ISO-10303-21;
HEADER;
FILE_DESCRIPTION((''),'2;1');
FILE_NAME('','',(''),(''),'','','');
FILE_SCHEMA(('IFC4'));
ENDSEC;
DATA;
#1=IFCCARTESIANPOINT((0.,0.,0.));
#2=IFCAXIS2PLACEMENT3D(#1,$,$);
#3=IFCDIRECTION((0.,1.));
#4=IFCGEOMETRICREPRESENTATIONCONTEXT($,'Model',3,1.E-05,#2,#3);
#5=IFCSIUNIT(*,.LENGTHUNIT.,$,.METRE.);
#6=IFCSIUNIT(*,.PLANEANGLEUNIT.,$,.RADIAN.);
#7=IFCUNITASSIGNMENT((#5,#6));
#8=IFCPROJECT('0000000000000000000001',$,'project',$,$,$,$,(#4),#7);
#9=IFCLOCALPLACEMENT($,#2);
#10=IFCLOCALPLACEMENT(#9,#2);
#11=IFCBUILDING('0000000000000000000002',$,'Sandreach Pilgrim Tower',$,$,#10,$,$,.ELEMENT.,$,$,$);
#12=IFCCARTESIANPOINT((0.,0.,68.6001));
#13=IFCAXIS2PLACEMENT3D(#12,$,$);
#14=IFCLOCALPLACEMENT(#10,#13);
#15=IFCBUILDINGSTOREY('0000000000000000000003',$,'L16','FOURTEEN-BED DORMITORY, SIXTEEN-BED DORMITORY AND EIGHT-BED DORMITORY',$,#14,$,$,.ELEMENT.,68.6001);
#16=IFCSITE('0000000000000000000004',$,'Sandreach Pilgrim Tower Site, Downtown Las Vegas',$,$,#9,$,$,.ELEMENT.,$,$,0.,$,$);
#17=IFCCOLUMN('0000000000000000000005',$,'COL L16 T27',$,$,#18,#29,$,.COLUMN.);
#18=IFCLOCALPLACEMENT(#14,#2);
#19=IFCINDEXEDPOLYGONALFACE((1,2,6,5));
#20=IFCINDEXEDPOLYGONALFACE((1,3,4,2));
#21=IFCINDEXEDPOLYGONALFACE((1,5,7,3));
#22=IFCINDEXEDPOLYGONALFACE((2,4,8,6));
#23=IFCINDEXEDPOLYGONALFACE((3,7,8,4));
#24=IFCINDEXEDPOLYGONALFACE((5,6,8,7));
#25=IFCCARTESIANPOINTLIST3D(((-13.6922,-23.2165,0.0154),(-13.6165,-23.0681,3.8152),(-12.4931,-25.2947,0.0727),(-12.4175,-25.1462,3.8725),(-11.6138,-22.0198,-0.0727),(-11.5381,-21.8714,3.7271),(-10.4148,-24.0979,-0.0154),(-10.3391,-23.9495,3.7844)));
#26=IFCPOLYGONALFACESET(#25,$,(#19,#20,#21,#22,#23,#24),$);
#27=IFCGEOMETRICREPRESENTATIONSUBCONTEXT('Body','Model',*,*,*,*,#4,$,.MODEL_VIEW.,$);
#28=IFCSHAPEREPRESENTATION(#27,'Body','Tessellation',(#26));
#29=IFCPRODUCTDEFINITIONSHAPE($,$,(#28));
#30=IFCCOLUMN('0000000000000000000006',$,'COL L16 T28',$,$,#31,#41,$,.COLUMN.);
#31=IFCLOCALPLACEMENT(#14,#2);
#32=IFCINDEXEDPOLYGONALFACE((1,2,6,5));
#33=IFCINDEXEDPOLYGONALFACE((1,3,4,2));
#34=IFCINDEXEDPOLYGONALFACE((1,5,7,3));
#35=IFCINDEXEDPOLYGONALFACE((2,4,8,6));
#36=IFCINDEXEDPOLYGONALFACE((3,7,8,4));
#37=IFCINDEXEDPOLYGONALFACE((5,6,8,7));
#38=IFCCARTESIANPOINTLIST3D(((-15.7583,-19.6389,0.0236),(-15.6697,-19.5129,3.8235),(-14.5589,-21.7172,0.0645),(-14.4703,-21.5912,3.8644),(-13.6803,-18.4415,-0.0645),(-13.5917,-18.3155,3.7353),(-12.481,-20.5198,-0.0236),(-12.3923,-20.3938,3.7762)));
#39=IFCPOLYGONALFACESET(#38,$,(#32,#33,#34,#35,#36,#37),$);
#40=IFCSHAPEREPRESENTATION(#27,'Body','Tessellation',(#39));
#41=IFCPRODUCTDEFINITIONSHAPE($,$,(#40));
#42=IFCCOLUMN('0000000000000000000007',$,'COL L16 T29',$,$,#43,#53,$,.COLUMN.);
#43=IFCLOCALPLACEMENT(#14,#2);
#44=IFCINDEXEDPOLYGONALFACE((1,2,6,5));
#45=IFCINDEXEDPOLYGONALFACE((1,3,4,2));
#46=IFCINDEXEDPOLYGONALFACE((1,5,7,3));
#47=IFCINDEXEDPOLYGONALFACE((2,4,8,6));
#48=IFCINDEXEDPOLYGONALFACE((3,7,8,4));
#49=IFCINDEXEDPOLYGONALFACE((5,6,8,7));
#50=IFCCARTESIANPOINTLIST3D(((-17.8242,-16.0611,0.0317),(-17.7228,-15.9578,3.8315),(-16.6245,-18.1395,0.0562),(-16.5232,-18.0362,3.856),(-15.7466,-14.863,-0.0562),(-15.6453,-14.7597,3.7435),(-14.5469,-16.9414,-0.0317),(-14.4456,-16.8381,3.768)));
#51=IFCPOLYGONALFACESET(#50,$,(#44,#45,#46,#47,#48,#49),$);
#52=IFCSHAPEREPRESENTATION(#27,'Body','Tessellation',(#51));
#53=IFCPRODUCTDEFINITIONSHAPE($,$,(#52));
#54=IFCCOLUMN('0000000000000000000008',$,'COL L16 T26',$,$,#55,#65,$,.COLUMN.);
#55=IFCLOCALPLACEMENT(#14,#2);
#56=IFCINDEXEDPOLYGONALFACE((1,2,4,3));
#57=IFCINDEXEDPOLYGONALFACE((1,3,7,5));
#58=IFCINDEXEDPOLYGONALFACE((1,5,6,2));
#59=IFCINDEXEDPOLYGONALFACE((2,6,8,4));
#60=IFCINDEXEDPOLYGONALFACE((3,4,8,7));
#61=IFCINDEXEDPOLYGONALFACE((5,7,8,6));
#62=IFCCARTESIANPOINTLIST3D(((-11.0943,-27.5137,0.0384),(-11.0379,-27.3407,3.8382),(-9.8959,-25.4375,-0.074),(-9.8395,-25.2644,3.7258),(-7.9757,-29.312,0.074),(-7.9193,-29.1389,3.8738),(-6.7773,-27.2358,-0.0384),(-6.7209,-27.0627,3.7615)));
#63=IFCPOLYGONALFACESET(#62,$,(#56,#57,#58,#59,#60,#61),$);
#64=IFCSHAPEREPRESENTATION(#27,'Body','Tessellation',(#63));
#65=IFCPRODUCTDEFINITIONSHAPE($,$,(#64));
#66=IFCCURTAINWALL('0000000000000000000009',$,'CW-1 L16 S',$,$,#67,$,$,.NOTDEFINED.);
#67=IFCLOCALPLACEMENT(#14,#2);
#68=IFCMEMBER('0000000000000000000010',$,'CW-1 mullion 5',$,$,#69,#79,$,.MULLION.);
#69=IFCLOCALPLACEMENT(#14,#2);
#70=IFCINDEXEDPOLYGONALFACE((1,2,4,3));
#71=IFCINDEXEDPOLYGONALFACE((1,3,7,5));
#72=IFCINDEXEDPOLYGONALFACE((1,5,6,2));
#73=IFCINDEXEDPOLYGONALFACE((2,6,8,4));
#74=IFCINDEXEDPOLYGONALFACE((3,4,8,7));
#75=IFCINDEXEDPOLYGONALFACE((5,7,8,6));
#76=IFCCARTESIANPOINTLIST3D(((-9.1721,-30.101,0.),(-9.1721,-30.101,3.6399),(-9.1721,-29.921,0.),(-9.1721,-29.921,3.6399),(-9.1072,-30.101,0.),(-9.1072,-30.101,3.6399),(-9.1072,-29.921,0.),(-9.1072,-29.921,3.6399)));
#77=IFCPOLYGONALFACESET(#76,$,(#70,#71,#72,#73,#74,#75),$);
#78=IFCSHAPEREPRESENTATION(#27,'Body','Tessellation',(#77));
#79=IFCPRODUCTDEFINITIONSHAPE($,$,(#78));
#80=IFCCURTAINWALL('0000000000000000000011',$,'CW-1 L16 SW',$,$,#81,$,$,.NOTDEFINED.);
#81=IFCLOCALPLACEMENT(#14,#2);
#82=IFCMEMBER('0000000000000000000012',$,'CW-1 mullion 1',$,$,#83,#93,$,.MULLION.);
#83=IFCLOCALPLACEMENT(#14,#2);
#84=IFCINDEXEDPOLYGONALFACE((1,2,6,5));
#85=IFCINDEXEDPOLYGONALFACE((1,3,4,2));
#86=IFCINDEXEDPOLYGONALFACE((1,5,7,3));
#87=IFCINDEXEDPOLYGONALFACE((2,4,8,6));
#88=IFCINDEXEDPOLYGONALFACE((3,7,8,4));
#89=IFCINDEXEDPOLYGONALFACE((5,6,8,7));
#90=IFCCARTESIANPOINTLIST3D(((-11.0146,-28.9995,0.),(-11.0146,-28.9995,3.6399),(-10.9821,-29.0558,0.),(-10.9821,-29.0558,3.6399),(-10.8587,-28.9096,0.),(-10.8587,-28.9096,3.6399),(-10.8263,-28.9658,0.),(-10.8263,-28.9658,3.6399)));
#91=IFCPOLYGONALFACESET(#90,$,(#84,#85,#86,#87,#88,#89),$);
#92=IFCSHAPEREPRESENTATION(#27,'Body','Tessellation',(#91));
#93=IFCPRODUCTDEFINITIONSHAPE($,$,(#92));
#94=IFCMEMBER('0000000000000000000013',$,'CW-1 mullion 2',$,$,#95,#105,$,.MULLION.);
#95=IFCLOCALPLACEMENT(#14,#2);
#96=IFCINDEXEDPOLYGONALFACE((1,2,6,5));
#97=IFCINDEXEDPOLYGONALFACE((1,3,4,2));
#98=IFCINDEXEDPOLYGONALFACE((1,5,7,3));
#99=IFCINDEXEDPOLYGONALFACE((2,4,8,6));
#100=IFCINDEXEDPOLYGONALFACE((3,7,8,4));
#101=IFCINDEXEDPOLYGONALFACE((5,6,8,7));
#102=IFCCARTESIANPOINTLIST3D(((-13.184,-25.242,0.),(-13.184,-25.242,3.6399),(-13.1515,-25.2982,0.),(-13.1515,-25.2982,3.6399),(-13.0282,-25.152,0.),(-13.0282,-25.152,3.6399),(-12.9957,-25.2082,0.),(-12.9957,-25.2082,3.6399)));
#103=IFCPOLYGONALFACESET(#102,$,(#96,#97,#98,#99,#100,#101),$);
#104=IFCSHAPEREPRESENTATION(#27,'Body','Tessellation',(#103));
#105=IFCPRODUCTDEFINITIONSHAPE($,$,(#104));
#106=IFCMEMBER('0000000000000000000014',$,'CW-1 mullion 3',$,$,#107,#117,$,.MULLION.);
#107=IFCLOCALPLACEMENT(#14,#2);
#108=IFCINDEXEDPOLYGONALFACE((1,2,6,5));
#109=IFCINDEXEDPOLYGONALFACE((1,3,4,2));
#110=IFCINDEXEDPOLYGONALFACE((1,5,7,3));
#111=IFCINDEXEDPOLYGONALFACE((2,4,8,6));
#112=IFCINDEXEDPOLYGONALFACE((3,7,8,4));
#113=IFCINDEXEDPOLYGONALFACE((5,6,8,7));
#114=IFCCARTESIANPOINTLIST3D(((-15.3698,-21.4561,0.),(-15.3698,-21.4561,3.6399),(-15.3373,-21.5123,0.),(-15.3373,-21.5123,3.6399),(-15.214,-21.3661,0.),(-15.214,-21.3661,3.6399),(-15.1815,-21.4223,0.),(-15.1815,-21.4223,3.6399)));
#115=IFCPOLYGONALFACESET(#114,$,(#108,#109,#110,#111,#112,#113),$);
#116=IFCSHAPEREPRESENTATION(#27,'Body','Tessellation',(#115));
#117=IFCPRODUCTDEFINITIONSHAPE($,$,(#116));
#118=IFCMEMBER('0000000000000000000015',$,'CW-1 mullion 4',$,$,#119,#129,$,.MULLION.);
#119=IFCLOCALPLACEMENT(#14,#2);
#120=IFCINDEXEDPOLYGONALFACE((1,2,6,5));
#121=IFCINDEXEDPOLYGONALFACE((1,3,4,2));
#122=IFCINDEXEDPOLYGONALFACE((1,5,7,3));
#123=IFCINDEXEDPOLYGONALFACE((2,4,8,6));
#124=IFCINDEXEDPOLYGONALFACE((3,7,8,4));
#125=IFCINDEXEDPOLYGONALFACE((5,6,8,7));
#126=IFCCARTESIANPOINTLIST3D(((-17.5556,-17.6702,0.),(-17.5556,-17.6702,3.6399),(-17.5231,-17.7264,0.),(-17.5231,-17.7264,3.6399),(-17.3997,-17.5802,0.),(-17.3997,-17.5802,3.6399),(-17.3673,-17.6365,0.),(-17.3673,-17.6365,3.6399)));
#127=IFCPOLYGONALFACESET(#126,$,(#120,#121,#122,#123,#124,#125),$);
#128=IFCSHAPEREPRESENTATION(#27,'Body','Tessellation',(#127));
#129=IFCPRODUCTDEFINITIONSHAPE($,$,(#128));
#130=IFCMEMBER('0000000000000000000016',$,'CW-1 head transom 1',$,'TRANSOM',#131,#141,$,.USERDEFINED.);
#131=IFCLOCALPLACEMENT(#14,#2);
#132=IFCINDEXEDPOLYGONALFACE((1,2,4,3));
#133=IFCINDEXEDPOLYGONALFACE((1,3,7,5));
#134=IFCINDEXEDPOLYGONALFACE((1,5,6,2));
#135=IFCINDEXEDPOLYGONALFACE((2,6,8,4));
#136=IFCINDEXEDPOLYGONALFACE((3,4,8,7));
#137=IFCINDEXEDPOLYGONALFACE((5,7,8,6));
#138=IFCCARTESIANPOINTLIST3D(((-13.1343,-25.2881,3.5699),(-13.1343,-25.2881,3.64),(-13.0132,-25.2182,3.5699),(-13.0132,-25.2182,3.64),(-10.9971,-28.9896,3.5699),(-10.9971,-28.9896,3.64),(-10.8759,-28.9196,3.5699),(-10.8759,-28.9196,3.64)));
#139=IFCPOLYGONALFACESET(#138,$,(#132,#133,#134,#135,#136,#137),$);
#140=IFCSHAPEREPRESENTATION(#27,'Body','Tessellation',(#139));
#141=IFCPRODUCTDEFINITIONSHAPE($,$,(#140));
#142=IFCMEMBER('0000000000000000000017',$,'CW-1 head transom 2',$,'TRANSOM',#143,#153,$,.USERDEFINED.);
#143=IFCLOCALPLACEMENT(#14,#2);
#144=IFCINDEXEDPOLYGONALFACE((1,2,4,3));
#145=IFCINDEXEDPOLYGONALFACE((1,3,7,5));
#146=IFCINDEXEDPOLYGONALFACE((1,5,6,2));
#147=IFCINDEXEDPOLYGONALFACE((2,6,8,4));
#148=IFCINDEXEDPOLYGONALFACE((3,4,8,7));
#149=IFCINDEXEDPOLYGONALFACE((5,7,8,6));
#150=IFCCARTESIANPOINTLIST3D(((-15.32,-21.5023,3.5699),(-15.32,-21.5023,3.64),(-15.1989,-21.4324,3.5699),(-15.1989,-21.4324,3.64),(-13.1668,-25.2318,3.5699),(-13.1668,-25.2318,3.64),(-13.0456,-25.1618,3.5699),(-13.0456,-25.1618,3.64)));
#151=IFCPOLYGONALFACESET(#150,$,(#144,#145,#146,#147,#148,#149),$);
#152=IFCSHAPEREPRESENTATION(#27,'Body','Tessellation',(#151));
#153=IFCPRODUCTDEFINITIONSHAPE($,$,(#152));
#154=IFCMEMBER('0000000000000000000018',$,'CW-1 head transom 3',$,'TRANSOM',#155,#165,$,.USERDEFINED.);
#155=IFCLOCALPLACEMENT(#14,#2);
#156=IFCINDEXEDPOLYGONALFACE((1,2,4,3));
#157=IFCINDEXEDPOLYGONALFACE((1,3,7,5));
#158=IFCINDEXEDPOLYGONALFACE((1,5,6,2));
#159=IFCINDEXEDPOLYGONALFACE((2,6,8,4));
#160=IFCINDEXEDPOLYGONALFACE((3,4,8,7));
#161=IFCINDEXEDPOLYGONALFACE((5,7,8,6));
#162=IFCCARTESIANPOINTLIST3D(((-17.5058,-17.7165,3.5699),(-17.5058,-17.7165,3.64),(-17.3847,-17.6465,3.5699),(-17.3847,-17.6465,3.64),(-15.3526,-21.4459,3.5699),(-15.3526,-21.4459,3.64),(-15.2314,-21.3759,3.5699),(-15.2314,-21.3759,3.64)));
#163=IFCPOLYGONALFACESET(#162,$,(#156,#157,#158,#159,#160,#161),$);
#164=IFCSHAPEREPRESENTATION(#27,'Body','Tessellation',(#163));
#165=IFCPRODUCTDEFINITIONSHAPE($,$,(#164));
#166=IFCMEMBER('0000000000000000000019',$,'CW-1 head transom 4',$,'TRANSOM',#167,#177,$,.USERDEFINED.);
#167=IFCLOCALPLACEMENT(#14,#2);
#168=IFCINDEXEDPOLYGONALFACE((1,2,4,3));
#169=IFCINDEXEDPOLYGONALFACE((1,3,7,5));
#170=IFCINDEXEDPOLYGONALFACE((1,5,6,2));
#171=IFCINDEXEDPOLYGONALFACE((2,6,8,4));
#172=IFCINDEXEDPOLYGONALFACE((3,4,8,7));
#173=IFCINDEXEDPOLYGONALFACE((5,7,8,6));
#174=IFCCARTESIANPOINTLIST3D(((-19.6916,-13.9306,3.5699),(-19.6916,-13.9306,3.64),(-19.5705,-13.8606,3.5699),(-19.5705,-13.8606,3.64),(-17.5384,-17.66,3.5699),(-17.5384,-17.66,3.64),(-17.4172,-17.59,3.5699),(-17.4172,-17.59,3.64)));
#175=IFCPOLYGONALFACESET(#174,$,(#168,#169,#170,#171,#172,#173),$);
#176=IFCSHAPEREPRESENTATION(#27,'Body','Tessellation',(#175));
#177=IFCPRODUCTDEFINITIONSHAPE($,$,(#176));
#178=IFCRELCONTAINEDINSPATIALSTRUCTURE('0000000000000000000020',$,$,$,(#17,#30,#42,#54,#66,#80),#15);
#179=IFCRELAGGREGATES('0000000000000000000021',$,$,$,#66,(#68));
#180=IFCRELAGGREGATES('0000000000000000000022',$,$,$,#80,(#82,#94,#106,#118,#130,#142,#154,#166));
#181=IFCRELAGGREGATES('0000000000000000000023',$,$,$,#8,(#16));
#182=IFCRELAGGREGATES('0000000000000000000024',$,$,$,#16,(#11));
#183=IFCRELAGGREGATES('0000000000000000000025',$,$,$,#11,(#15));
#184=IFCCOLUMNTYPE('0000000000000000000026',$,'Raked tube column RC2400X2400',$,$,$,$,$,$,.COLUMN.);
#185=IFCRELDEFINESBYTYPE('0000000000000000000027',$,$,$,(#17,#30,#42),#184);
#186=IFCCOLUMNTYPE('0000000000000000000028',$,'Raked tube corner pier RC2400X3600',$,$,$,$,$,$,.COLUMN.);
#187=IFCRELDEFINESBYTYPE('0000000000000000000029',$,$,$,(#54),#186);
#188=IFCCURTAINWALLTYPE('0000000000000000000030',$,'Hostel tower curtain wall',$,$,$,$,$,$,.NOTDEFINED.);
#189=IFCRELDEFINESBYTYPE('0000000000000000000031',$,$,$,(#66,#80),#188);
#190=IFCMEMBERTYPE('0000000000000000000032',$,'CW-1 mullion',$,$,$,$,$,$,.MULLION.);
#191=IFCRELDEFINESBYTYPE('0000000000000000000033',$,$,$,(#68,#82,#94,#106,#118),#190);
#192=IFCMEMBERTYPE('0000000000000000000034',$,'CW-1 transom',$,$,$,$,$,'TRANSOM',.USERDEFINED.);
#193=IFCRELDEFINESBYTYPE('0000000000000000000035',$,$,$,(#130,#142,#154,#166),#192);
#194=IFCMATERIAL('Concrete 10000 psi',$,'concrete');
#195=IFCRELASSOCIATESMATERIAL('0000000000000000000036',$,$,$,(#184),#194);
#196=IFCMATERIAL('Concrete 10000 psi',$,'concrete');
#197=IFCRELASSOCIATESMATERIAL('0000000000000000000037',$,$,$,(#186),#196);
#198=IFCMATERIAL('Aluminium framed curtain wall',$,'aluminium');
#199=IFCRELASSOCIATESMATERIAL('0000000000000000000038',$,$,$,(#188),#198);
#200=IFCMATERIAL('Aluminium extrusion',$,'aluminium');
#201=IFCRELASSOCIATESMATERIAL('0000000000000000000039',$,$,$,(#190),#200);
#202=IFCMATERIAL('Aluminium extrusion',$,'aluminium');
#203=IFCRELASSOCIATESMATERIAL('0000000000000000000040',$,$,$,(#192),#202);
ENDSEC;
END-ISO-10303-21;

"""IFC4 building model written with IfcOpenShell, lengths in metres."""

from ifc_helpers import new_model, si_unit, direction, frame, origin, origin_2d, place, context, subcontext, project, spatial, rectangle, extrude, material, material_profile, profile_set, type_object, element, aggregate, save


model = new_model("IFC4")

# Units and contexts
model_context = context("Model", 3, precision=1e-05, world=origin(), true_north=direction((0.0, 1.0)))
body_context = subcontext(model_context, "Body", "Model", "MODEL_VIEW")
ifc_project = project(units=[si_unit("LENGTHUNIT", "METRE"), si_unit("PLANEANGLEUNIT", "RADIAN")], contexts=[model_context])

# Site, building, storey
site_placement = place(None, origin())
site = spatial("IfcSite", under=ifc_project, at=site_placement, Name="Sandreach Pilgrim Tower Site, Downtown Las Vegas", CompositionType="ELEMENT", RefElevation=0.0)
building_placement = place(site_placement, origin())
building = spatial("IfcBuilding", under=site, at=building_placement, Name="Sandreach Pilgrim Tower", CompositionType="ELEMENT")
storey_placement = place(building_placement, frame((0.0, 0.0, 68.6001)))
storey = spatial("IfcBuildingStorey", under=building, at=storey_placement, Name="L16", Description="FOURTEEN-BED DORMITORY, SIXTEEN-BED DORMITORY AND EIGHT-BED DORMITORY", CompositionType="ELEMENT", Elevation=68.6001)

# Columns
ifc_material_1 = material(Name="Concrete 10000 psi", Category="concrete")
ifc_material_profile_1 = material_profile(ifc_material_1, rectangle(XDim=2.3999, YDim=2.3999, at=origin_2d()), Name="RC2400X2400")
ifc_profile_set_1 = profile_set([ifc_material_profile_1], Name="Concrete 10000 psi")
column_type_1 = type_object("IfcColumnType", Name="Raked tube column RC2400X2400", PredefinedType="COLUMN", material=ifc_profile_set_1)
column_1_placement = place(storey_placement, frame((-12.0535, -23.6572, 0.0), z_axis=(0.019899, 0.039027, 0.99904), x_axis=(-0.866022, -0.498654, 0.036729)))
element("IfcColumn", 1, at=column_1_placement, inside=storey, type_object=column_type_1, Name="COL L16 T27", PredefinedType="COLUMN", context=body_context, shape_type="SweptSolid", body=[
    extrude(rectangle(XDim=2.3999, YDim=2.3999, at=origin_2d()), origin(), (0.0, 0.0, 1.0), 3.8035),
])
column_2_placement = place(storey_placement, frame((-14.1196, -20.0793, 0.0), z_axis=(0.023304, 0.033126, 0.999179), x_axis=(-0.865854, -0.498947, 0.036736)))
element("IfcColumn", 2, at=column_2_placement, inside=storey, type_object=column_type_1, Name="COL L16 T28", PredefinedType="COLUMN", context=body_context, shape_type="SweptSolid", body=[
    extrude(rectangle(XDim=2.3999, YDim=2.3999, at=origin_2d()), origin(), (0.0, 0.0, 1.0), 3.803),
])
column_3_placement = place(storey_placement, frame((-16.1855, -16.5012, 0.0), z_axis=(0.026645, 0.027158, 0.999276), x_axis=(-0.865686, -0.499243, 0.036651)))
element("IfcColumn", 3, at=column_3_placement, inside=storey, type_object=column_type_1, Name="COL L16 T29", PredefinedType="COLUMN", context=body_context, shape_type="SweptSolid", body=[
    extrude(rectangle(XDim=2.3999, YDim=2.3999, at=origin_2d()), origin(), (0.0, 0.0, 1.0), 3.8025),
])
ifc_material_2 = material(Name="Concrete 10000 psi", Category="concrete")
ifc_material_profile_2 = material_profile(ifc_material_2, rectangle(XDim=2.3999, YDim=3.6001, at=origin_2d()), Name="RC2400X3600")
ifc_profile_set_2 = profile_set([ifc_material_profile_2], Name="Concrete 10000 psi")
column_type_2 = type_object("IfcColumnType", Name="Raked tube corner pier RC2400X3600", PredefinedType="COLUMN", material=ifc_profile_set_2)
column_4_placement = place(storey_placement, frame((-8.9358, -27.3748, 0.0), z_axis=(0.014825, 0.045502, 0.998854), x_axis=(-0.499371, -0.865122, 0.046821)))
element("IfcColumn", 4, at=column_4_placement, inside=storey, type_object=column_type_2, Name="COL L16 T26", PredefinedType="COLUMN", context=body_context, shape_type="SweptSolid", body=[
    extrude(rectangle(XDim=2.3999, YDim=3.6001, at=origin_2d()), origin(), (0.0, 0.0, 1.0), 3.8042),
])

# Curtain wall, member
ifc_material_3 = material(Name="Aluminium framed curtain wall", Category="aluminium")
curtain_wall_type = type_object("IfcCurtainWallType", Name="Hostel tower curtain wall", PredefinedType="NOTDEFINED", material=ifc_material_3)
curtain_wall_1_placement = place(storey_placement, origin())
curtain_wall_1 = element("IfcCurtainWall", 5, at=curtain_wall_1_placement, inside=storey, type_object=curtain_wall_type, Name="CW-1 L16 S", PredefinedType="NOTDEFINED")
ifc_material_4 = material(Name="Aluminium extrusion", Category="aluminium")
ifc_material_profile_3 = material_profile(ifc_material_4, rectangle(XDim=0.0649, YDim=0.1799, at=origin_2d()), Name="CW-1M 65X180")
ifc_profile_set_3 = profile_set([ifc_material_profile_3], Name="Aluminium extrusion")
member_type_1 = type_object("IfcMemberType", Name="CW-1 mullion", PredefinedType="MULLION", material=ifc_profile_set_3)
member_1_placement = place(storey_placement, frame((-9.1396, -30.011, 0.0), z_axis=(0.0, 0.0, 1.0), x_axis=(-1.0, 0.0, 0.0)))
member_1 = element("IfcMember", 6, at=member_1_placement, type_object=member_type_1, Name="CW-1 mullion 5", PredefinedType="MULLION", context=body_context, shape_type="SweptSolid", body=[
    extrude(rectangle(XDim=0.0649, YDim=0.1799, at=origin_2d()), origin(), (0.0, 0.0, 1.0), 3.6399),
])
aggregate(curtain_wall_1, [member_1])

# Curtain wall, members
curtain_wall_2_placement = place(storey_placement, origin())
curtain_wall_2 = element("IfcCurtainWall", 7, at=curtain_wall_2_placement, inside=storey, type_object=curtain_wall_type, Name="CW-1 L16 SW", PredefinedType="NOTDEFINED")
member_2_placement = place(storey_placement, frame((-10.9204, -28.9827, 0.0), z_axis=(0.0, 0.0, 1.0), x_axis=(-0.5, 0.866025, 0.0)))
member_2 = element("IfcMember", 8, at=member_2_placement, type_object=member_type_1, Name="CW-1 mullion 1", PredefinedType="MULLION", context=body_context, shape_type="SweptSolid", body=[
    extrude(rectangle(XDim=0.0649, YDim=0.1799, at=origin_2d()), origin(), (0.0, 0.0, 1.0), 3.6399),
])
member_3_placement = place(storey_placement, frame((-13.0898, -25.2251, 0.0), z_axis=(0.0, 0.0, 1.0), x_axis=(-0.5, 0.866025, 0.0)))
member_3 = element("IfcMember", 9, at=member_3_placement, type_object=member_type_1, Name="CW-1 mullion 2", PredefinedType="MULLION", context=body_context, shape_type="SweptSolid", body=[
    extrude(rectangle(XDim=0.0649, YDim=0.1799, at=origin_2d()), origin(), (0.0, 0.0, 1.0), 3.6399),
])
member_4_placement = place(storey_placement, frame((-15.2756, -21.4392, 0.0), z_axis=(0.0, 0.0, 1.0), x_axis=(-0.5, 0.866025, 0.0)))
member_4 = element("IfcMember", 10, at=member_4_placement, type_object=member_type_1, Name="CW-1 mullion 3", PredefinedType="MULLION", context=body_context, shape_type="SweptSolid", body=[
    extrude(rectangle(XDim=0.0649, YDim=0.1799, at=origin_2d()), origin(), (0.0, 0.0, 1.0), 3.6399),
])
member_5_placement = place(storey_placement, frame((-17.4614, -17.6533, 0.0), z_axis=(0.0, 0.0, 1.0), x_axis=(-0.5, 0.866025, 0.0)))
member_5 = element("IfcMember", 11, at=member_5_placement, type_object=member_type_1, Name="CW-1 mullion 4", PredefinedType="MULLION", context=body_context, shape_type="SweptSolid", body=[
    extrude(rectangle(XDim=0.0649, YDim=0.1799, at=origin_2d()), origin(), (0.0, 0.0, 1.0), 3.6399),
])
ifc_material_5 = material(Name="Aluminium extrusion", Category="aluminium")
ifc_material_profile_4 = material_profile(ifc_material_5, rectangle(XDim=0.1399, YDim=0.0701, at=origin_2d()), Name="CW-1T 140X70")
ifc_profile_set_4 = profile_set([ifc_material_profile_4], Name="Aluminium extrusion")
member_type_2 = type_object("IfcMemberType", Name="CW-1 transom", ElementType="TRANSOM", PredefinedType="USERDEFINED", material=ifc_profile_set_4)
member_6_placement = place(storey_placement, frame((-10.9365, -28.9546, 3.605), z_axis=(-0.500034, 0.866006, 0.0), x_axis=(-0.866006, -0.500034, 0.0)))
member_6 = element("IfcMember", 12, at=member_6_placement, type_object=member_type_2, Name="CW-1 head transom 1", ObjectType="TRANSOM", PredefinedType="USERDEFINED", context=body_context, shape_type="SweptSolid", body=[
    extrude(rectangle(XDim=0.1399, YDim=0.0701, at=origin_2d()), origin(), (0.0, 0.0, 1.0), 4.2742),
])
member_7_placement = place(storey_placement, frame((-13.1062, -25.1968, 3.605), z_axis=(-0.500017, 0.866016, 0.0), x_axis=(-0.866016, -0.500017, 0.0)))
member_7 = element("IfcMember", 13, at=member_7_placement, type_object=member_type_2, Name="CW-1 head transom 2", ObjectType="TRANSOM", PredefinedType="USERDEFINED", context=body_context, shape_type="SweptSolid", body=[
    extrude(rectangle(XDim=0.1399, YDim=0.0701, at=origin_2d()), origin(), (0.0, 0.0, 1.0), 4.3064),
])
member_8_placement = place(storey_placement, frame((-15.292, -21.4109, 3.605), z_axis=(-0.500017, 0.866016, 0.0), x_axis=(-0.866016, -0.500017, 0.0)))
member_8 = element("IfcMember", 14, at=member_8_placement, type_object=member_type_2, Name="CW-1 head transom 3", ObjectType="TRANSOM", PredefinedType="USERDEFINED", context=body_context, shape_type="SweptSolid", body=[
    extrude(rectangle(XDim=0.1399, YDim=0.0701, at=origin_2d()), origin(), (0.0, 0.0, 1.0), 4.3064),
])
member_9_placement = place(storey_placement, frame((-17.4778, -17.625, 3.605), z_axis=(-0.500017, 0.866016, 0.0), x_axis=(-0.866016, -0.500017, 0.0)))
member_9 = element("IfcMember", 15, at=member_9_placement, type_object=member_type_2, Name="CW-1 head transom 4", ObjectType="TRANSOM", PredefinedType="USERDEFINED", context=body_context, shape_type="SweptSolid", body=[
    extrude(rectangle(XDim=0.1399, YDim=0.0701, at=origin_2d()), origin(), (0.0, 0.0, 1.0), 4.3064),
])

aggregate(curtain_wall_2, [member_2, member_3, member_4, member_5, member_6, member_7, member_8, member_9])

save(model, "model.ifc")
